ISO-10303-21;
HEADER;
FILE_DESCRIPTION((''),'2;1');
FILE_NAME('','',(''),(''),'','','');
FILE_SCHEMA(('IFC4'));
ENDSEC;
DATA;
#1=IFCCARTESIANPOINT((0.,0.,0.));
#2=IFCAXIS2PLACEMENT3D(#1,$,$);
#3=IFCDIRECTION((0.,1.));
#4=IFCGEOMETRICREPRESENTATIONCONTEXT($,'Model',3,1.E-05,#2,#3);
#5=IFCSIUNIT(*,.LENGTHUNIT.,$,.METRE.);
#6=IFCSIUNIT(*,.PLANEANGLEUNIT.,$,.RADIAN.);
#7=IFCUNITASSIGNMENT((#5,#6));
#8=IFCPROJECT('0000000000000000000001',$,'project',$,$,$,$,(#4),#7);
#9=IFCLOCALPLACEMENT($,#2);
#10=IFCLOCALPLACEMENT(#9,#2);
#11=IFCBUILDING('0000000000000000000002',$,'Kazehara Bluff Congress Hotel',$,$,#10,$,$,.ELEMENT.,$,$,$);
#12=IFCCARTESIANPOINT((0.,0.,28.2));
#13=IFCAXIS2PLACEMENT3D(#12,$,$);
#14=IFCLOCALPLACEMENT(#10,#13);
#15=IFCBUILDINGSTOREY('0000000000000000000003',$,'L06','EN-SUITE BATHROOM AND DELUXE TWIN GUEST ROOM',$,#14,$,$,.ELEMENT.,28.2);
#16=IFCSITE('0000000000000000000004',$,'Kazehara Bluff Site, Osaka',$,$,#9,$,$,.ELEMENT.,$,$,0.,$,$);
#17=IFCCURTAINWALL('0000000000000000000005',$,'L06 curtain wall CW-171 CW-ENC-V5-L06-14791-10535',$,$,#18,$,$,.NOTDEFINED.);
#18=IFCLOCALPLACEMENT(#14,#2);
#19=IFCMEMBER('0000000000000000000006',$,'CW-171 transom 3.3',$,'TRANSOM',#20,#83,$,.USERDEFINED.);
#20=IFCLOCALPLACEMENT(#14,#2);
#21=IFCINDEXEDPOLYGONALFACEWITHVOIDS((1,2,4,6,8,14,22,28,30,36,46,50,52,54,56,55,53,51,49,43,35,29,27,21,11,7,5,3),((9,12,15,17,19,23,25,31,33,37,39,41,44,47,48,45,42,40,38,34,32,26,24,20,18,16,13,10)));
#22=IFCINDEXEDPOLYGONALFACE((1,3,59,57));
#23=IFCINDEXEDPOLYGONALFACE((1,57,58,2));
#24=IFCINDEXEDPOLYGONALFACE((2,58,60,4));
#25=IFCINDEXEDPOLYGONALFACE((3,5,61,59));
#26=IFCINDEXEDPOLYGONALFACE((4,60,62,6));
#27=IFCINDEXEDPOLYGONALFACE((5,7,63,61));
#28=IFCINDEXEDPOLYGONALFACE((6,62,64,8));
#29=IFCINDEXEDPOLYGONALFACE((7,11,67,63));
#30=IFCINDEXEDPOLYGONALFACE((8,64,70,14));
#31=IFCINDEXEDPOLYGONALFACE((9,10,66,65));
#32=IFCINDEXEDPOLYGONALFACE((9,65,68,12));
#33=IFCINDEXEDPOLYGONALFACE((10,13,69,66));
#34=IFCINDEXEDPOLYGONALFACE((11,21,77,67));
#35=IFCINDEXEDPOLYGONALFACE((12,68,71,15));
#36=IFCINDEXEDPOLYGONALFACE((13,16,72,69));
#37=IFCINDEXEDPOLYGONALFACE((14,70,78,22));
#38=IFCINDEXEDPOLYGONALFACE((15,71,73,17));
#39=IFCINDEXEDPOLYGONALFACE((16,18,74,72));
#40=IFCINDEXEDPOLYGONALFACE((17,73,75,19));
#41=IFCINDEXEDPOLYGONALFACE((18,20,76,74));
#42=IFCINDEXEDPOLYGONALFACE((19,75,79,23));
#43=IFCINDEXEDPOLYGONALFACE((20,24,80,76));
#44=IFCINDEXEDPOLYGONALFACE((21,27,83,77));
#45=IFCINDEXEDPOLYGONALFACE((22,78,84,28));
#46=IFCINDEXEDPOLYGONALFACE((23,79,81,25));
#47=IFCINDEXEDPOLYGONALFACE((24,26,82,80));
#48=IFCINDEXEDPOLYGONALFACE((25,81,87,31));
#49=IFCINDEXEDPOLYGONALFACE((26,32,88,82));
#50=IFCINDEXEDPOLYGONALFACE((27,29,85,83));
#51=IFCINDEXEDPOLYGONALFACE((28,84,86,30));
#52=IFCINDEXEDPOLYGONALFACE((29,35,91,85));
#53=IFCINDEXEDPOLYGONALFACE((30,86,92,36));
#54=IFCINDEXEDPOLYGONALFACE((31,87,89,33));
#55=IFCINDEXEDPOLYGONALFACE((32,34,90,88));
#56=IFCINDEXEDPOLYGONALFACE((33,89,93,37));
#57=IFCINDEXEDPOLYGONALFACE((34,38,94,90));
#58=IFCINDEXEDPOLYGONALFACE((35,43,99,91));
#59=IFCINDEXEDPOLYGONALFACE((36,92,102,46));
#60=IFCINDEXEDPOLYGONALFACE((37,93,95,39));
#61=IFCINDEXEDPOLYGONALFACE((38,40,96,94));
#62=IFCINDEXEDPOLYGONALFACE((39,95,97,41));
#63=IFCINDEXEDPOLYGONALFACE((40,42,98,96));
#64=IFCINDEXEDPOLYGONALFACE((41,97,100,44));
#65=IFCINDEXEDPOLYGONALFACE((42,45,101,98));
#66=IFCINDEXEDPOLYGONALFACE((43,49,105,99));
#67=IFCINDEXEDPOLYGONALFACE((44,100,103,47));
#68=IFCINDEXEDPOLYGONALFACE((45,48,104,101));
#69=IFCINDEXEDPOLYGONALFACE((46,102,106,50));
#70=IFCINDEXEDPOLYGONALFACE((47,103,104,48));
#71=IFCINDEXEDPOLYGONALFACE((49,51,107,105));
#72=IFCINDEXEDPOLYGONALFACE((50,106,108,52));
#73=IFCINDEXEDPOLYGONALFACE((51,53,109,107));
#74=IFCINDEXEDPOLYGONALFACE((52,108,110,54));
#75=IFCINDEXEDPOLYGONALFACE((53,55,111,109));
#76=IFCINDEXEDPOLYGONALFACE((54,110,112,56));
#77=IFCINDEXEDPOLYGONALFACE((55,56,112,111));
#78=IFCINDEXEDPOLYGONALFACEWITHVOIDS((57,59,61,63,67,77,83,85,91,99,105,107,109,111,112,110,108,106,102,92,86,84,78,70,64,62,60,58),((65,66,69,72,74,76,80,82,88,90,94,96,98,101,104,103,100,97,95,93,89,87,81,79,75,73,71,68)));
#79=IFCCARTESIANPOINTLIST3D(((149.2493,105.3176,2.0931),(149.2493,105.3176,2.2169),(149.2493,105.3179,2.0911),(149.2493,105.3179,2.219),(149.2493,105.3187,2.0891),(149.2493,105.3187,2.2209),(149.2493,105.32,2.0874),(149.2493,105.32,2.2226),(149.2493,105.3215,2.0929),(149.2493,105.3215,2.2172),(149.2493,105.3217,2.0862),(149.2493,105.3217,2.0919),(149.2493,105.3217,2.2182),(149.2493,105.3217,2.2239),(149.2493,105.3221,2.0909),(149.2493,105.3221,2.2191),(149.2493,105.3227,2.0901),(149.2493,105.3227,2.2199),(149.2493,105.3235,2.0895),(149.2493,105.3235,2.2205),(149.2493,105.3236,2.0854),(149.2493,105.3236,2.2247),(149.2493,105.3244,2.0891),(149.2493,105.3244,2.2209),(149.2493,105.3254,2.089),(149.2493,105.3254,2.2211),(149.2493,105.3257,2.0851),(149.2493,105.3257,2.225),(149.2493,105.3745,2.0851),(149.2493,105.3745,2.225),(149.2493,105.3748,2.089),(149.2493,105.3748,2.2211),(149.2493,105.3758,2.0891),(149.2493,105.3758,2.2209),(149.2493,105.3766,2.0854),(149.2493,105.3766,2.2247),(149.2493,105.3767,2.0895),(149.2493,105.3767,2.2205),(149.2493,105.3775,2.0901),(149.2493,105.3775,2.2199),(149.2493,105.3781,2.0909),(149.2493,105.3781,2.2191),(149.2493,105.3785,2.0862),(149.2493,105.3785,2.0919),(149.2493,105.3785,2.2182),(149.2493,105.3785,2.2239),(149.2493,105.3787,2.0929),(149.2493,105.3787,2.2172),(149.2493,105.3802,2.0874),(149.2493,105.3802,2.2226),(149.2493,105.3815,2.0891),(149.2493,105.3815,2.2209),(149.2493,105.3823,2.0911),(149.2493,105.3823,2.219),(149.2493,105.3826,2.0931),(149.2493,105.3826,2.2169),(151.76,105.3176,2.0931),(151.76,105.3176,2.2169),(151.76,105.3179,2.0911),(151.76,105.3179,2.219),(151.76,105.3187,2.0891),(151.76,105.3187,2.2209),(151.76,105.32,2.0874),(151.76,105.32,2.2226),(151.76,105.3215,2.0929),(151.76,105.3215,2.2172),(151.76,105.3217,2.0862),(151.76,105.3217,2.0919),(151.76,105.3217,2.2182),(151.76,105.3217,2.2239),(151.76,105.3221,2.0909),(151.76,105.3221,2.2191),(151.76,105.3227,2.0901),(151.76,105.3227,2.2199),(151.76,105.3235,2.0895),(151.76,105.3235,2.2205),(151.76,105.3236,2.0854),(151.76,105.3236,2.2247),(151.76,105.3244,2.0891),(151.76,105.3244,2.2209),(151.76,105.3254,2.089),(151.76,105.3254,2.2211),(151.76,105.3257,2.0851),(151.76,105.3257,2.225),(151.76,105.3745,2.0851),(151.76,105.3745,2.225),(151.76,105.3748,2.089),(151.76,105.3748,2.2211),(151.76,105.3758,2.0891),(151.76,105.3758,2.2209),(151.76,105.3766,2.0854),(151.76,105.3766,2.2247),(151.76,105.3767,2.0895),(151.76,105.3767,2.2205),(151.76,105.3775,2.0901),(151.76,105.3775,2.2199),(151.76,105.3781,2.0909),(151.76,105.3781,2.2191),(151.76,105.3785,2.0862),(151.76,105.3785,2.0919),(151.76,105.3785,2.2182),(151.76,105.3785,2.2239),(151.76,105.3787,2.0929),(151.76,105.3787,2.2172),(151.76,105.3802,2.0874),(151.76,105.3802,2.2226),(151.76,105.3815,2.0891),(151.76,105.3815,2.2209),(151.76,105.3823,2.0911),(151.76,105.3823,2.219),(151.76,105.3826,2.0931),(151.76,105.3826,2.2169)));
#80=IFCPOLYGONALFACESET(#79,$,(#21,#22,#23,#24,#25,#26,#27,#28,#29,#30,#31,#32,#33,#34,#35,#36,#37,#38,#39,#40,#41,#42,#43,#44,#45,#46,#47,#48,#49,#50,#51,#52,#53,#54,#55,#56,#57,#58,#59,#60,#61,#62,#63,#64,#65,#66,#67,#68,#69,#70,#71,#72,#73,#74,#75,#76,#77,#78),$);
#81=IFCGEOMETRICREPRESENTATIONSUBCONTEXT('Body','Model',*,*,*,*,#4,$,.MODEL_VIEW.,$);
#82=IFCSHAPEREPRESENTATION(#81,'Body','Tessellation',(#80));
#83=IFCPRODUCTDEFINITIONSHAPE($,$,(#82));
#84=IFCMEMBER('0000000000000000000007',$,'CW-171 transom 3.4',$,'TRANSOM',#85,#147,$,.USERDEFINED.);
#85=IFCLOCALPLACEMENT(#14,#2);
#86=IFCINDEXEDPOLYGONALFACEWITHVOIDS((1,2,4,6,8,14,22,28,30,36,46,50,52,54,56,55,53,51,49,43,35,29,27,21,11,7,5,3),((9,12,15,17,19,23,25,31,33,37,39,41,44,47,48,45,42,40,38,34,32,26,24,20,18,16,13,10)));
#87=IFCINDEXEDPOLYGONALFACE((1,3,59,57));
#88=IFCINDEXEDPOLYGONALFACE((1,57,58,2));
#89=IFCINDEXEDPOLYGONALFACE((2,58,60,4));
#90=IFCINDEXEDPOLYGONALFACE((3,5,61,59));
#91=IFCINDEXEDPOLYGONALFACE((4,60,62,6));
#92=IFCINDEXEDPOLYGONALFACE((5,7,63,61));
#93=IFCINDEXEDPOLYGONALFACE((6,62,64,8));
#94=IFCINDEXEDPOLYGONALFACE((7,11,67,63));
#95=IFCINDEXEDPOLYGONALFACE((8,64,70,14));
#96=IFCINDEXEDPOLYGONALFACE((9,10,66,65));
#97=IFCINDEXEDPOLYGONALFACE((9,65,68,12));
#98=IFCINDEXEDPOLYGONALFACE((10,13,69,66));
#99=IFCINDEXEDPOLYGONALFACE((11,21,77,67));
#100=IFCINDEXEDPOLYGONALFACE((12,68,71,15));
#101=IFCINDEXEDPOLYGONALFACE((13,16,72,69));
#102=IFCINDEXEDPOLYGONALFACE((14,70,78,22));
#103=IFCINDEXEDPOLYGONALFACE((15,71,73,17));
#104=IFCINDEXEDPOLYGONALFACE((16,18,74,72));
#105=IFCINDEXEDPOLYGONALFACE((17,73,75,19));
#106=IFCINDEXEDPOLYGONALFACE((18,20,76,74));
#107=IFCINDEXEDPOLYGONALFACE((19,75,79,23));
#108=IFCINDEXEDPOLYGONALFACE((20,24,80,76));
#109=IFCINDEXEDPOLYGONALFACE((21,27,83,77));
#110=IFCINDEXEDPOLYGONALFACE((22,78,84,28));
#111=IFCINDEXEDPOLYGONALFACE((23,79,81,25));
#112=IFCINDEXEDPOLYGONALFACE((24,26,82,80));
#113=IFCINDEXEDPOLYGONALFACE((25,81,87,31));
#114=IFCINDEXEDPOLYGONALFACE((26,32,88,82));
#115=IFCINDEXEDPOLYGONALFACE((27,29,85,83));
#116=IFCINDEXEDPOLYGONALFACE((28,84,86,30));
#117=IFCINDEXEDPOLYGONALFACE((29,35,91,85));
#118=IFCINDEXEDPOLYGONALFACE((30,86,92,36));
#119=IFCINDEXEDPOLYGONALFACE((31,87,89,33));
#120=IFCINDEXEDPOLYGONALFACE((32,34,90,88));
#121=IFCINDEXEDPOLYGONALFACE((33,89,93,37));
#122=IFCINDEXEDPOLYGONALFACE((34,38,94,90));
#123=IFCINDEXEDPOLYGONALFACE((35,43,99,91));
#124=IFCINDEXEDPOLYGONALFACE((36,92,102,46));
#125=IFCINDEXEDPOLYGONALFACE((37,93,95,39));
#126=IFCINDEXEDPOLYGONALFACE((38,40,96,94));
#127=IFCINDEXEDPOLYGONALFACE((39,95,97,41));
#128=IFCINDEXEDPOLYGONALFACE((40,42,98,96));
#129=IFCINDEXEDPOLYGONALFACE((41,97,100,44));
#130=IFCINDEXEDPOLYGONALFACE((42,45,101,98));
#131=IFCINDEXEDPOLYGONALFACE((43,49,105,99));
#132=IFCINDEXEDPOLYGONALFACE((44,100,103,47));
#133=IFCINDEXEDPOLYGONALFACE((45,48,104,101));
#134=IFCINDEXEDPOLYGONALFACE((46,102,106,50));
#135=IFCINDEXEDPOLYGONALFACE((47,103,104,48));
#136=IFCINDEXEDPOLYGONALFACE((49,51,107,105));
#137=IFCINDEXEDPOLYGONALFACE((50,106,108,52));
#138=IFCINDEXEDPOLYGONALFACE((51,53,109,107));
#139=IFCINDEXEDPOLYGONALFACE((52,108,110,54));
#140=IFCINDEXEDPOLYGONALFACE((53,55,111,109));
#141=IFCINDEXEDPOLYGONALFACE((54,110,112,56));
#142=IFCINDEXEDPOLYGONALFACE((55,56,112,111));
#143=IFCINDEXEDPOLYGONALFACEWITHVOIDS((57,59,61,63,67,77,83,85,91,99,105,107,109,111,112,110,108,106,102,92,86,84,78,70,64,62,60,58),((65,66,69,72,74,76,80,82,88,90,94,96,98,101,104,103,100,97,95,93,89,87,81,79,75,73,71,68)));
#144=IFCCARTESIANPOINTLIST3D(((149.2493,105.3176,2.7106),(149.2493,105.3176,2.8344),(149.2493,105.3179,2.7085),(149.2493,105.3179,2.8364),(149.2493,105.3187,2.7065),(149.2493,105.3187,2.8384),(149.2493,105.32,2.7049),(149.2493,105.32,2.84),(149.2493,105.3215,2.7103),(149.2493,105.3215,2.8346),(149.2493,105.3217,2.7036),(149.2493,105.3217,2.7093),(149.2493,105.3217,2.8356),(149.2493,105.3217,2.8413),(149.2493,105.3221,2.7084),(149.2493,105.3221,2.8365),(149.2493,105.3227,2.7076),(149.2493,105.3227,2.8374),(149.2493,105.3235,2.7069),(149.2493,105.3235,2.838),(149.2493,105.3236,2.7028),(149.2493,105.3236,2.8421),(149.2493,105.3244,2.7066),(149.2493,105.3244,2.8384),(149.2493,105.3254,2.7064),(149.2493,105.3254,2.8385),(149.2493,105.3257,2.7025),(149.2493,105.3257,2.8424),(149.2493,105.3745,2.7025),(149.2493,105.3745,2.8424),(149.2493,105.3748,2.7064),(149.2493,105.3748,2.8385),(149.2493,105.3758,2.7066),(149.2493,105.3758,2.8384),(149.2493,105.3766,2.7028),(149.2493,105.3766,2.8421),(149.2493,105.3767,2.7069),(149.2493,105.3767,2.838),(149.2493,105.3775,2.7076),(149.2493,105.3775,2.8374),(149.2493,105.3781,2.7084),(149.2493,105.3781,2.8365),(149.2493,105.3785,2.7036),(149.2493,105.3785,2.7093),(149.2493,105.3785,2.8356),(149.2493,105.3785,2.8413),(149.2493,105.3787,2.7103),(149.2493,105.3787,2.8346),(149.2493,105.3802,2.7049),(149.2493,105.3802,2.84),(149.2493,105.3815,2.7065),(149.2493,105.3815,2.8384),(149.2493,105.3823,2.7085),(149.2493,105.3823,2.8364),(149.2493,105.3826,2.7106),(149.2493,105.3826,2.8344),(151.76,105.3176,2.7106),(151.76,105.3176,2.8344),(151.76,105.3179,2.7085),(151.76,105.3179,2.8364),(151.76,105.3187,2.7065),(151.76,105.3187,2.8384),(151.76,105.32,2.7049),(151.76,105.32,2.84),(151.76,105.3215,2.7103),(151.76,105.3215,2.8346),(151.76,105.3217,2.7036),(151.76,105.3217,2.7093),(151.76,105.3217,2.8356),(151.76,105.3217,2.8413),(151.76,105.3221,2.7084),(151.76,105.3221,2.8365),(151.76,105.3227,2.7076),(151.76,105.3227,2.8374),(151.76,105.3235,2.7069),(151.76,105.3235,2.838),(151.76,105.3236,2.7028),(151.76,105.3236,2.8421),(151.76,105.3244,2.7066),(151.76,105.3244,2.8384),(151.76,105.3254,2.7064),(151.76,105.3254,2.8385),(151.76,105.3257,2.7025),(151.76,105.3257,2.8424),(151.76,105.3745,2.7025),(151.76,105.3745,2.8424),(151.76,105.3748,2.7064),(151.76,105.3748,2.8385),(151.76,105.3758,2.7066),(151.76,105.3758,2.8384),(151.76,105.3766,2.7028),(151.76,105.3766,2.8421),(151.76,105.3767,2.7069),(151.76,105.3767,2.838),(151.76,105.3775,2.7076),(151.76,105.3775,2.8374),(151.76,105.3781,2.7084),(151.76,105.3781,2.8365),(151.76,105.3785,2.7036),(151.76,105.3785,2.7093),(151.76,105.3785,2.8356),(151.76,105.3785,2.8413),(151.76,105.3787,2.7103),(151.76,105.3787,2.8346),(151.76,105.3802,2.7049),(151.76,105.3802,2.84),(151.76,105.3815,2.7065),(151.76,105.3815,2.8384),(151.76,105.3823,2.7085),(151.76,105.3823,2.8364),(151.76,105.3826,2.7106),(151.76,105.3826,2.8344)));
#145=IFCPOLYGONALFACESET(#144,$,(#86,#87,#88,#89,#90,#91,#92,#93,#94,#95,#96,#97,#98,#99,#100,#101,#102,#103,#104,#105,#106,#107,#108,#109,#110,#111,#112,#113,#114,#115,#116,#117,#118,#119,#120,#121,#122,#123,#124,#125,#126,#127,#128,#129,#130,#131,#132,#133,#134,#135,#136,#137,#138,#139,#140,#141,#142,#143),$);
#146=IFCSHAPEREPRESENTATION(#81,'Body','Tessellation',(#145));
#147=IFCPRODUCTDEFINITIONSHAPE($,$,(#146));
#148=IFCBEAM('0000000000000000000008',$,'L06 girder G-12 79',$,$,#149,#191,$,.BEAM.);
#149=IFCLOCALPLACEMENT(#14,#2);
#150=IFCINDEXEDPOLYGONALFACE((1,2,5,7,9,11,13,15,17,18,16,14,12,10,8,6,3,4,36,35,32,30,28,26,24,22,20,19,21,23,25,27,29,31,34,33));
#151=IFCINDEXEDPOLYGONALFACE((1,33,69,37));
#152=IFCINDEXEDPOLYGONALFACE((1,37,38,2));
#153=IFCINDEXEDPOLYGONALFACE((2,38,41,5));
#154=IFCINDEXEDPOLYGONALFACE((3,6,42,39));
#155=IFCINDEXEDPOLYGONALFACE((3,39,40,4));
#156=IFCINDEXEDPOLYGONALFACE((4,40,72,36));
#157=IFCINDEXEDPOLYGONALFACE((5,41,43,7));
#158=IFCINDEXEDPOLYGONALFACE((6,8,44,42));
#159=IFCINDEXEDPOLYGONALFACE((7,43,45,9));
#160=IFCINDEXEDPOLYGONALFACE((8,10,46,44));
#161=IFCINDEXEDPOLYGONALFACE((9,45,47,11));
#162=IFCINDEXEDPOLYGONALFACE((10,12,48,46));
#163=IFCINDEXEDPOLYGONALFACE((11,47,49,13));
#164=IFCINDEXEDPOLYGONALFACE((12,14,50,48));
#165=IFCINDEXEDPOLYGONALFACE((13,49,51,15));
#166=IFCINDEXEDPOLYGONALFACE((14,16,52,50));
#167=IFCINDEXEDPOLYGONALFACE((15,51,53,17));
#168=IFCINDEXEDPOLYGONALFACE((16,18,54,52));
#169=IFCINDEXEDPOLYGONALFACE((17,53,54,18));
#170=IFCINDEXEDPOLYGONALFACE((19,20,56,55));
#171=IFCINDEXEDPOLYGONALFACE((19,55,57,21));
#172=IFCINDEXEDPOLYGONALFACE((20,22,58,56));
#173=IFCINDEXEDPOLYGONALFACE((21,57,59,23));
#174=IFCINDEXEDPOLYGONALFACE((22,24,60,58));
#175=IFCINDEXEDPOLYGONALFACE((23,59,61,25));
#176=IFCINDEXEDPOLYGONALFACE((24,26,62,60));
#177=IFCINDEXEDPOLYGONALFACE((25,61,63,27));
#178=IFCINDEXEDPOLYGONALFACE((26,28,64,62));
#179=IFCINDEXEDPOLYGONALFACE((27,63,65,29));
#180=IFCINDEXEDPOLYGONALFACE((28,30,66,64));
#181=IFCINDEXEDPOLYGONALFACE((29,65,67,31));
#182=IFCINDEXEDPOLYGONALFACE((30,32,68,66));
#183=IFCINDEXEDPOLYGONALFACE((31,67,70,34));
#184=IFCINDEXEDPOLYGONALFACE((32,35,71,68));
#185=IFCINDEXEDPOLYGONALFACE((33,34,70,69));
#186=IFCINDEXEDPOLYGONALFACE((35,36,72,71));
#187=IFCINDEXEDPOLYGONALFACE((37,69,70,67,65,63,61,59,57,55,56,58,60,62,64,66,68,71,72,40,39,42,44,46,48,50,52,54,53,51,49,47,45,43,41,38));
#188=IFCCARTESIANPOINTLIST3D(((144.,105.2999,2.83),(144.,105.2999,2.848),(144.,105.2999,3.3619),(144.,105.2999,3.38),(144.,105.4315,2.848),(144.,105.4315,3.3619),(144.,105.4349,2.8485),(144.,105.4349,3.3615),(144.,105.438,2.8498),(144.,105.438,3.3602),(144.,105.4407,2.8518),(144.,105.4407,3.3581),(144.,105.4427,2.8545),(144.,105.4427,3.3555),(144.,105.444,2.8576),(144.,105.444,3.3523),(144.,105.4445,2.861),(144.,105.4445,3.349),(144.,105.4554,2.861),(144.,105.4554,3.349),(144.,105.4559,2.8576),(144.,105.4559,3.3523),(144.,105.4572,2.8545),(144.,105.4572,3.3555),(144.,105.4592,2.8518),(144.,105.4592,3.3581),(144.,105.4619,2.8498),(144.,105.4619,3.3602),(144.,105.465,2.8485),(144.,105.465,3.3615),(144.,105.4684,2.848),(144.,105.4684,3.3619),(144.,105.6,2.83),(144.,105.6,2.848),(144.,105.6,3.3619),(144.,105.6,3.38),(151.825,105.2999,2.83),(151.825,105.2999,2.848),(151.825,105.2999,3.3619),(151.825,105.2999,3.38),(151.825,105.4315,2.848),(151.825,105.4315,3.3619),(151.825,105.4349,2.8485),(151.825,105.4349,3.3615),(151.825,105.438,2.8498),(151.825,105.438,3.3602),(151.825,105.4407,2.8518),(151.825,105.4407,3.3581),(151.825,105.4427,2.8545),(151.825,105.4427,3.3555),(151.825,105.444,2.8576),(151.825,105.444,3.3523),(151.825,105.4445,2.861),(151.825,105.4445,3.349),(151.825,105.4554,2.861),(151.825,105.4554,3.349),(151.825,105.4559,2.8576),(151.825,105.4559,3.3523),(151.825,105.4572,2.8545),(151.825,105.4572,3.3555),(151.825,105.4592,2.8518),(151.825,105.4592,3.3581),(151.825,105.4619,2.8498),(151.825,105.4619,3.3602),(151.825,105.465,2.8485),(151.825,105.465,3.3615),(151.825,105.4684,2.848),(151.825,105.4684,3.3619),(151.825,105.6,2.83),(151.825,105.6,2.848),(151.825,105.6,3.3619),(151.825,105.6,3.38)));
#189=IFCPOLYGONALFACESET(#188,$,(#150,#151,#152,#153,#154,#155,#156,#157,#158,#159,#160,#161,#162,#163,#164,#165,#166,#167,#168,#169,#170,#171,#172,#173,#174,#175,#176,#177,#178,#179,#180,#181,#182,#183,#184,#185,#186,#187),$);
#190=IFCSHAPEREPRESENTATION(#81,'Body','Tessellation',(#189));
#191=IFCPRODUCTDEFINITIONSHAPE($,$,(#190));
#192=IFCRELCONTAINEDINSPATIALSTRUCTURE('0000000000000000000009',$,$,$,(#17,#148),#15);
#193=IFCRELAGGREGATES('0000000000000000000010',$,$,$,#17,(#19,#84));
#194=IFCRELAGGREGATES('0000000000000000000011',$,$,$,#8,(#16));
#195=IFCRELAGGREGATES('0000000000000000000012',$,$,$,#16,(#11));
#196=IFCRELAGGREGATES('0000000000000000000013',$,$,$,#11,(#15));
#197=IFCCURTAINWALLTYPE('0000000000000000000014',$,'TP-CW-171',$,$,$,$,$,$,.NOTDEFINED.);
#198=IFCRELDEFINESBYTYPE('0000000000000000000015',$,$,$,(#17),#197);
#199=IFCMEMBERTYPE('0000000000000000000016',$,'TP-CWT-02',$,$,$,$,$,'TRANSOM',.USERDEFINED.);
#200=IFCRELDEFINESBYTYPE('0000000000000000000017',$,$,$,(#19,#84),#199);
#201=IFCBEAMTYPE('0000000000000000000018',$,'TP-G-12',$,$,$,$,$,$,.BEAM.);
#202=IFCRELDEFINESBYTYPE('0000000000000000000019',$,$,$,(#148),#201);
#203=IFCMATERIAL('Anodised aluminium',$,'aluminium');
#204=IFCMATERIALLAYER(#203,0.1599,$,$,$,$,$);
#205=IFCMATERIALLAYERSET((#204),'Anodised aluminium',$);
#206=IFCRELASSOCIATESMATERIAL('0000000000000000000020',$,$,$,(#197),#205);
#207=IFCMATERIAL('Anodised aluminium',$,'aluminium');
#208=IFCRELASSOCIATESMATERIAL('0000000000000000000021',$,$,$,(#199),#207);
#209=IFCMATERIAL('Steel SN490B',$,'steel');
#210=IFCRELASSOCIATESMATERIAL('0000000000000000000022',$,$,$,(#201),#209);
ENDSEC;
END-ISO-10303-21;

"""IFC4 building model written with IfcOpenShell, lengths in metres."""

from ifc_helpers import new_model, si_unit, direction, frame, origin, origin_2d, place, context, subcontext, project, spatial, hollow_rectangle, i_section, extrude, material, layer, layer_set, material_profile, profile_set, type_object, element, aggregate, save


model = new_model("IFC4")

# Units and contexts
model_context = context("Model", 3, precision=1e-05, world=origin(), true_north=direction((0.0, 1.0)))
body_context = subcontext(model_context, "Body", "Model", "MODEL_VIEW")
ifc_project = project(units=[si_unit("LENGTHUNIT", "METRE"), si_unit("PLANEANGLEUNIT", "RADIAN")], contexts=[model_context])

# Site, building, storey
site_placement = place(None, origin())
site = spatial("IfcSite", under=ifc_project, at=site_placement, Name="Kazehara Bluff Site, Osaka", CompositionType="ELEMENT", RefElevation=0.0)
building_placement = place(site_placement, origin())
building = spatial("IfcBuilding", under=site, at=building_placement, Name="Kazehara Bluff Congress Hotel", CompositionType="ELEMENT")
storey_placement = place(building_placement, frame((0.0, 0.0, 28.2)))
storey = spatial("IfcBuildingStorey", under=building, at=storey_placement, Name="L06", Description="EN-SUITE BATHROOM AND DELUXE TWIN GUEST ROOM", CompositionType="ELEMENT", Elevation=28.2)

# Curtain wall, members
ifc_material_1 = material(Name="Anodised aluminium", Category="aluminium")
ifc_layer_1 = layer(ifc_material_1, 0.1599)
ifc_layer_set_1 = layer_set([ifc_layer_1], Name="Anodised aluminium")
curtain_wall_type = type_object("IfcCurtainWallType", Name="TP-CW-171", PredefinedType="NOTDEFINED", material=ifc_layer_set_1)
curtain_wall_placement = place(storey_placement, origin())
curtain_wall = element("IfcCurtainWall", 1, at=curtain_wall_placement, inside=storey, type_object=curtain_wall_type, Name="L06 curtain wall CW-171 CW-ENC-V5-L06-14791-10535", PredefinedType="NOTDEFINED")
ifc_material_2 = material(Name="Anodised aluminium", Category="aluminium")
ifc_material_profile_1 = material_profile(ifc_material_2, hollow_rectangle(XDim=0.0649, YDim=0.1399, WallThickness=0.0039, InnerFilletRadius=0.0039, OuterFilletRadius=0.0081, at=origin_2d()))
ifc_profile_set_1 = profile_set([ifc_material_profile_1], Name="Anodised aluminium")
member_type_1 = type_object("IfcMemberType", Name="TP-CWT-02", ElementType="TRANSOM", PredefinedType="USERDEFINED", material=ifc_profile_set_1)
member_1_placement = place(storey_placement, frame((149.2493, 105.3501, 2.155), z_axis=(1.0, 0.0, 0.0), x_axis=(0.0, 1.0, 0.0)))
member_1 = element("IfcMember", 2, at=member_1_placement, type_object=member_type_1, Name="CW-171 transom 3.3", ObjectType="TRANSOM", PredefinedType="USERDEFINED", context=body_context, shape_type="SweptSolid", body=[
    extrude(hollow_rectangle(XDim=0.0649, YDim=0.1399, WallThickness=0.0039, InnerFilletRadius=0.0039, OuterFilletRadius=0.0081, at=origin_2d()), origin(), (0.0, 0.0, 1.0), 2.5107),
])
member_2_placement = place(storey_placement, frame((149.2493, 105.3501, 2.7725), z_axis=(1.0, 0.0, 0.0), x_axis=(0.0, 1.0, 0.0)))
member_2 = element("IfcMember", 3, at=member_2_placement, type_object=member_type_1, Name="CW-171 transom 3.4", ObjectType="TRANSOM", PredefinedType="USERDEFINED", context=body_context, shape_type="SweptSolid", body=[
    extrude(hollow_rectangle(XDim=0.0649, YDim=0.1399, WallThickness=0.0039, InnerFilletRadius=0.0039, OuterFilletRadius=0.0081, at=origin_2d()), origin(), (0.0, 0.0, 1.0), 2.5107),
])

# Beam
ifc_material_3 = material(Name="Steel SN490B", Category="steel")
ifc_material_profile_2 = material_profile(ifc_material_3, i_section(OverallWidth=0.3, OverallDepth=0.55, WebThickness=0.011, FlangeThickness=0.0181, FilletRadius=0.0129, at=origin_2d()))
ifc_profile_set_2 = profile_set([ifc_material_profile_2], Name="Steel SN490B")
beam_type = type_object("IfcBeamType", Name="TP-G-12", PredefinedType="BEAM", material=ifc_profile_set_2)
beam_1_placement = place(storey_placement, frame((144.0, 105.45, 3.105), z_axis=(1.0, 0.0, 0.0), x_axis=(0.0, 1.0, 0.0)))
element("IfcBeam", 4, at=beam_1_placement, inside=storey, type_object=beam_type, Name="L06 girder G-12 79", PredefinedType="BEAM", context=body_context, shape_type="SweptSolid", body=[
    extrude(i_section(OverallWidth=0.3, OverallDepth=0.55, WebThickness=0.011, FlangeThickness=0.0181, FilletRadius=0.0129, at=origin_2d()), origin(), (0.0, 0.0, 1.0), 7.825),
])

aggregate(curtain_wall, [member_1, member_2])

save(model, "model.ifc")
